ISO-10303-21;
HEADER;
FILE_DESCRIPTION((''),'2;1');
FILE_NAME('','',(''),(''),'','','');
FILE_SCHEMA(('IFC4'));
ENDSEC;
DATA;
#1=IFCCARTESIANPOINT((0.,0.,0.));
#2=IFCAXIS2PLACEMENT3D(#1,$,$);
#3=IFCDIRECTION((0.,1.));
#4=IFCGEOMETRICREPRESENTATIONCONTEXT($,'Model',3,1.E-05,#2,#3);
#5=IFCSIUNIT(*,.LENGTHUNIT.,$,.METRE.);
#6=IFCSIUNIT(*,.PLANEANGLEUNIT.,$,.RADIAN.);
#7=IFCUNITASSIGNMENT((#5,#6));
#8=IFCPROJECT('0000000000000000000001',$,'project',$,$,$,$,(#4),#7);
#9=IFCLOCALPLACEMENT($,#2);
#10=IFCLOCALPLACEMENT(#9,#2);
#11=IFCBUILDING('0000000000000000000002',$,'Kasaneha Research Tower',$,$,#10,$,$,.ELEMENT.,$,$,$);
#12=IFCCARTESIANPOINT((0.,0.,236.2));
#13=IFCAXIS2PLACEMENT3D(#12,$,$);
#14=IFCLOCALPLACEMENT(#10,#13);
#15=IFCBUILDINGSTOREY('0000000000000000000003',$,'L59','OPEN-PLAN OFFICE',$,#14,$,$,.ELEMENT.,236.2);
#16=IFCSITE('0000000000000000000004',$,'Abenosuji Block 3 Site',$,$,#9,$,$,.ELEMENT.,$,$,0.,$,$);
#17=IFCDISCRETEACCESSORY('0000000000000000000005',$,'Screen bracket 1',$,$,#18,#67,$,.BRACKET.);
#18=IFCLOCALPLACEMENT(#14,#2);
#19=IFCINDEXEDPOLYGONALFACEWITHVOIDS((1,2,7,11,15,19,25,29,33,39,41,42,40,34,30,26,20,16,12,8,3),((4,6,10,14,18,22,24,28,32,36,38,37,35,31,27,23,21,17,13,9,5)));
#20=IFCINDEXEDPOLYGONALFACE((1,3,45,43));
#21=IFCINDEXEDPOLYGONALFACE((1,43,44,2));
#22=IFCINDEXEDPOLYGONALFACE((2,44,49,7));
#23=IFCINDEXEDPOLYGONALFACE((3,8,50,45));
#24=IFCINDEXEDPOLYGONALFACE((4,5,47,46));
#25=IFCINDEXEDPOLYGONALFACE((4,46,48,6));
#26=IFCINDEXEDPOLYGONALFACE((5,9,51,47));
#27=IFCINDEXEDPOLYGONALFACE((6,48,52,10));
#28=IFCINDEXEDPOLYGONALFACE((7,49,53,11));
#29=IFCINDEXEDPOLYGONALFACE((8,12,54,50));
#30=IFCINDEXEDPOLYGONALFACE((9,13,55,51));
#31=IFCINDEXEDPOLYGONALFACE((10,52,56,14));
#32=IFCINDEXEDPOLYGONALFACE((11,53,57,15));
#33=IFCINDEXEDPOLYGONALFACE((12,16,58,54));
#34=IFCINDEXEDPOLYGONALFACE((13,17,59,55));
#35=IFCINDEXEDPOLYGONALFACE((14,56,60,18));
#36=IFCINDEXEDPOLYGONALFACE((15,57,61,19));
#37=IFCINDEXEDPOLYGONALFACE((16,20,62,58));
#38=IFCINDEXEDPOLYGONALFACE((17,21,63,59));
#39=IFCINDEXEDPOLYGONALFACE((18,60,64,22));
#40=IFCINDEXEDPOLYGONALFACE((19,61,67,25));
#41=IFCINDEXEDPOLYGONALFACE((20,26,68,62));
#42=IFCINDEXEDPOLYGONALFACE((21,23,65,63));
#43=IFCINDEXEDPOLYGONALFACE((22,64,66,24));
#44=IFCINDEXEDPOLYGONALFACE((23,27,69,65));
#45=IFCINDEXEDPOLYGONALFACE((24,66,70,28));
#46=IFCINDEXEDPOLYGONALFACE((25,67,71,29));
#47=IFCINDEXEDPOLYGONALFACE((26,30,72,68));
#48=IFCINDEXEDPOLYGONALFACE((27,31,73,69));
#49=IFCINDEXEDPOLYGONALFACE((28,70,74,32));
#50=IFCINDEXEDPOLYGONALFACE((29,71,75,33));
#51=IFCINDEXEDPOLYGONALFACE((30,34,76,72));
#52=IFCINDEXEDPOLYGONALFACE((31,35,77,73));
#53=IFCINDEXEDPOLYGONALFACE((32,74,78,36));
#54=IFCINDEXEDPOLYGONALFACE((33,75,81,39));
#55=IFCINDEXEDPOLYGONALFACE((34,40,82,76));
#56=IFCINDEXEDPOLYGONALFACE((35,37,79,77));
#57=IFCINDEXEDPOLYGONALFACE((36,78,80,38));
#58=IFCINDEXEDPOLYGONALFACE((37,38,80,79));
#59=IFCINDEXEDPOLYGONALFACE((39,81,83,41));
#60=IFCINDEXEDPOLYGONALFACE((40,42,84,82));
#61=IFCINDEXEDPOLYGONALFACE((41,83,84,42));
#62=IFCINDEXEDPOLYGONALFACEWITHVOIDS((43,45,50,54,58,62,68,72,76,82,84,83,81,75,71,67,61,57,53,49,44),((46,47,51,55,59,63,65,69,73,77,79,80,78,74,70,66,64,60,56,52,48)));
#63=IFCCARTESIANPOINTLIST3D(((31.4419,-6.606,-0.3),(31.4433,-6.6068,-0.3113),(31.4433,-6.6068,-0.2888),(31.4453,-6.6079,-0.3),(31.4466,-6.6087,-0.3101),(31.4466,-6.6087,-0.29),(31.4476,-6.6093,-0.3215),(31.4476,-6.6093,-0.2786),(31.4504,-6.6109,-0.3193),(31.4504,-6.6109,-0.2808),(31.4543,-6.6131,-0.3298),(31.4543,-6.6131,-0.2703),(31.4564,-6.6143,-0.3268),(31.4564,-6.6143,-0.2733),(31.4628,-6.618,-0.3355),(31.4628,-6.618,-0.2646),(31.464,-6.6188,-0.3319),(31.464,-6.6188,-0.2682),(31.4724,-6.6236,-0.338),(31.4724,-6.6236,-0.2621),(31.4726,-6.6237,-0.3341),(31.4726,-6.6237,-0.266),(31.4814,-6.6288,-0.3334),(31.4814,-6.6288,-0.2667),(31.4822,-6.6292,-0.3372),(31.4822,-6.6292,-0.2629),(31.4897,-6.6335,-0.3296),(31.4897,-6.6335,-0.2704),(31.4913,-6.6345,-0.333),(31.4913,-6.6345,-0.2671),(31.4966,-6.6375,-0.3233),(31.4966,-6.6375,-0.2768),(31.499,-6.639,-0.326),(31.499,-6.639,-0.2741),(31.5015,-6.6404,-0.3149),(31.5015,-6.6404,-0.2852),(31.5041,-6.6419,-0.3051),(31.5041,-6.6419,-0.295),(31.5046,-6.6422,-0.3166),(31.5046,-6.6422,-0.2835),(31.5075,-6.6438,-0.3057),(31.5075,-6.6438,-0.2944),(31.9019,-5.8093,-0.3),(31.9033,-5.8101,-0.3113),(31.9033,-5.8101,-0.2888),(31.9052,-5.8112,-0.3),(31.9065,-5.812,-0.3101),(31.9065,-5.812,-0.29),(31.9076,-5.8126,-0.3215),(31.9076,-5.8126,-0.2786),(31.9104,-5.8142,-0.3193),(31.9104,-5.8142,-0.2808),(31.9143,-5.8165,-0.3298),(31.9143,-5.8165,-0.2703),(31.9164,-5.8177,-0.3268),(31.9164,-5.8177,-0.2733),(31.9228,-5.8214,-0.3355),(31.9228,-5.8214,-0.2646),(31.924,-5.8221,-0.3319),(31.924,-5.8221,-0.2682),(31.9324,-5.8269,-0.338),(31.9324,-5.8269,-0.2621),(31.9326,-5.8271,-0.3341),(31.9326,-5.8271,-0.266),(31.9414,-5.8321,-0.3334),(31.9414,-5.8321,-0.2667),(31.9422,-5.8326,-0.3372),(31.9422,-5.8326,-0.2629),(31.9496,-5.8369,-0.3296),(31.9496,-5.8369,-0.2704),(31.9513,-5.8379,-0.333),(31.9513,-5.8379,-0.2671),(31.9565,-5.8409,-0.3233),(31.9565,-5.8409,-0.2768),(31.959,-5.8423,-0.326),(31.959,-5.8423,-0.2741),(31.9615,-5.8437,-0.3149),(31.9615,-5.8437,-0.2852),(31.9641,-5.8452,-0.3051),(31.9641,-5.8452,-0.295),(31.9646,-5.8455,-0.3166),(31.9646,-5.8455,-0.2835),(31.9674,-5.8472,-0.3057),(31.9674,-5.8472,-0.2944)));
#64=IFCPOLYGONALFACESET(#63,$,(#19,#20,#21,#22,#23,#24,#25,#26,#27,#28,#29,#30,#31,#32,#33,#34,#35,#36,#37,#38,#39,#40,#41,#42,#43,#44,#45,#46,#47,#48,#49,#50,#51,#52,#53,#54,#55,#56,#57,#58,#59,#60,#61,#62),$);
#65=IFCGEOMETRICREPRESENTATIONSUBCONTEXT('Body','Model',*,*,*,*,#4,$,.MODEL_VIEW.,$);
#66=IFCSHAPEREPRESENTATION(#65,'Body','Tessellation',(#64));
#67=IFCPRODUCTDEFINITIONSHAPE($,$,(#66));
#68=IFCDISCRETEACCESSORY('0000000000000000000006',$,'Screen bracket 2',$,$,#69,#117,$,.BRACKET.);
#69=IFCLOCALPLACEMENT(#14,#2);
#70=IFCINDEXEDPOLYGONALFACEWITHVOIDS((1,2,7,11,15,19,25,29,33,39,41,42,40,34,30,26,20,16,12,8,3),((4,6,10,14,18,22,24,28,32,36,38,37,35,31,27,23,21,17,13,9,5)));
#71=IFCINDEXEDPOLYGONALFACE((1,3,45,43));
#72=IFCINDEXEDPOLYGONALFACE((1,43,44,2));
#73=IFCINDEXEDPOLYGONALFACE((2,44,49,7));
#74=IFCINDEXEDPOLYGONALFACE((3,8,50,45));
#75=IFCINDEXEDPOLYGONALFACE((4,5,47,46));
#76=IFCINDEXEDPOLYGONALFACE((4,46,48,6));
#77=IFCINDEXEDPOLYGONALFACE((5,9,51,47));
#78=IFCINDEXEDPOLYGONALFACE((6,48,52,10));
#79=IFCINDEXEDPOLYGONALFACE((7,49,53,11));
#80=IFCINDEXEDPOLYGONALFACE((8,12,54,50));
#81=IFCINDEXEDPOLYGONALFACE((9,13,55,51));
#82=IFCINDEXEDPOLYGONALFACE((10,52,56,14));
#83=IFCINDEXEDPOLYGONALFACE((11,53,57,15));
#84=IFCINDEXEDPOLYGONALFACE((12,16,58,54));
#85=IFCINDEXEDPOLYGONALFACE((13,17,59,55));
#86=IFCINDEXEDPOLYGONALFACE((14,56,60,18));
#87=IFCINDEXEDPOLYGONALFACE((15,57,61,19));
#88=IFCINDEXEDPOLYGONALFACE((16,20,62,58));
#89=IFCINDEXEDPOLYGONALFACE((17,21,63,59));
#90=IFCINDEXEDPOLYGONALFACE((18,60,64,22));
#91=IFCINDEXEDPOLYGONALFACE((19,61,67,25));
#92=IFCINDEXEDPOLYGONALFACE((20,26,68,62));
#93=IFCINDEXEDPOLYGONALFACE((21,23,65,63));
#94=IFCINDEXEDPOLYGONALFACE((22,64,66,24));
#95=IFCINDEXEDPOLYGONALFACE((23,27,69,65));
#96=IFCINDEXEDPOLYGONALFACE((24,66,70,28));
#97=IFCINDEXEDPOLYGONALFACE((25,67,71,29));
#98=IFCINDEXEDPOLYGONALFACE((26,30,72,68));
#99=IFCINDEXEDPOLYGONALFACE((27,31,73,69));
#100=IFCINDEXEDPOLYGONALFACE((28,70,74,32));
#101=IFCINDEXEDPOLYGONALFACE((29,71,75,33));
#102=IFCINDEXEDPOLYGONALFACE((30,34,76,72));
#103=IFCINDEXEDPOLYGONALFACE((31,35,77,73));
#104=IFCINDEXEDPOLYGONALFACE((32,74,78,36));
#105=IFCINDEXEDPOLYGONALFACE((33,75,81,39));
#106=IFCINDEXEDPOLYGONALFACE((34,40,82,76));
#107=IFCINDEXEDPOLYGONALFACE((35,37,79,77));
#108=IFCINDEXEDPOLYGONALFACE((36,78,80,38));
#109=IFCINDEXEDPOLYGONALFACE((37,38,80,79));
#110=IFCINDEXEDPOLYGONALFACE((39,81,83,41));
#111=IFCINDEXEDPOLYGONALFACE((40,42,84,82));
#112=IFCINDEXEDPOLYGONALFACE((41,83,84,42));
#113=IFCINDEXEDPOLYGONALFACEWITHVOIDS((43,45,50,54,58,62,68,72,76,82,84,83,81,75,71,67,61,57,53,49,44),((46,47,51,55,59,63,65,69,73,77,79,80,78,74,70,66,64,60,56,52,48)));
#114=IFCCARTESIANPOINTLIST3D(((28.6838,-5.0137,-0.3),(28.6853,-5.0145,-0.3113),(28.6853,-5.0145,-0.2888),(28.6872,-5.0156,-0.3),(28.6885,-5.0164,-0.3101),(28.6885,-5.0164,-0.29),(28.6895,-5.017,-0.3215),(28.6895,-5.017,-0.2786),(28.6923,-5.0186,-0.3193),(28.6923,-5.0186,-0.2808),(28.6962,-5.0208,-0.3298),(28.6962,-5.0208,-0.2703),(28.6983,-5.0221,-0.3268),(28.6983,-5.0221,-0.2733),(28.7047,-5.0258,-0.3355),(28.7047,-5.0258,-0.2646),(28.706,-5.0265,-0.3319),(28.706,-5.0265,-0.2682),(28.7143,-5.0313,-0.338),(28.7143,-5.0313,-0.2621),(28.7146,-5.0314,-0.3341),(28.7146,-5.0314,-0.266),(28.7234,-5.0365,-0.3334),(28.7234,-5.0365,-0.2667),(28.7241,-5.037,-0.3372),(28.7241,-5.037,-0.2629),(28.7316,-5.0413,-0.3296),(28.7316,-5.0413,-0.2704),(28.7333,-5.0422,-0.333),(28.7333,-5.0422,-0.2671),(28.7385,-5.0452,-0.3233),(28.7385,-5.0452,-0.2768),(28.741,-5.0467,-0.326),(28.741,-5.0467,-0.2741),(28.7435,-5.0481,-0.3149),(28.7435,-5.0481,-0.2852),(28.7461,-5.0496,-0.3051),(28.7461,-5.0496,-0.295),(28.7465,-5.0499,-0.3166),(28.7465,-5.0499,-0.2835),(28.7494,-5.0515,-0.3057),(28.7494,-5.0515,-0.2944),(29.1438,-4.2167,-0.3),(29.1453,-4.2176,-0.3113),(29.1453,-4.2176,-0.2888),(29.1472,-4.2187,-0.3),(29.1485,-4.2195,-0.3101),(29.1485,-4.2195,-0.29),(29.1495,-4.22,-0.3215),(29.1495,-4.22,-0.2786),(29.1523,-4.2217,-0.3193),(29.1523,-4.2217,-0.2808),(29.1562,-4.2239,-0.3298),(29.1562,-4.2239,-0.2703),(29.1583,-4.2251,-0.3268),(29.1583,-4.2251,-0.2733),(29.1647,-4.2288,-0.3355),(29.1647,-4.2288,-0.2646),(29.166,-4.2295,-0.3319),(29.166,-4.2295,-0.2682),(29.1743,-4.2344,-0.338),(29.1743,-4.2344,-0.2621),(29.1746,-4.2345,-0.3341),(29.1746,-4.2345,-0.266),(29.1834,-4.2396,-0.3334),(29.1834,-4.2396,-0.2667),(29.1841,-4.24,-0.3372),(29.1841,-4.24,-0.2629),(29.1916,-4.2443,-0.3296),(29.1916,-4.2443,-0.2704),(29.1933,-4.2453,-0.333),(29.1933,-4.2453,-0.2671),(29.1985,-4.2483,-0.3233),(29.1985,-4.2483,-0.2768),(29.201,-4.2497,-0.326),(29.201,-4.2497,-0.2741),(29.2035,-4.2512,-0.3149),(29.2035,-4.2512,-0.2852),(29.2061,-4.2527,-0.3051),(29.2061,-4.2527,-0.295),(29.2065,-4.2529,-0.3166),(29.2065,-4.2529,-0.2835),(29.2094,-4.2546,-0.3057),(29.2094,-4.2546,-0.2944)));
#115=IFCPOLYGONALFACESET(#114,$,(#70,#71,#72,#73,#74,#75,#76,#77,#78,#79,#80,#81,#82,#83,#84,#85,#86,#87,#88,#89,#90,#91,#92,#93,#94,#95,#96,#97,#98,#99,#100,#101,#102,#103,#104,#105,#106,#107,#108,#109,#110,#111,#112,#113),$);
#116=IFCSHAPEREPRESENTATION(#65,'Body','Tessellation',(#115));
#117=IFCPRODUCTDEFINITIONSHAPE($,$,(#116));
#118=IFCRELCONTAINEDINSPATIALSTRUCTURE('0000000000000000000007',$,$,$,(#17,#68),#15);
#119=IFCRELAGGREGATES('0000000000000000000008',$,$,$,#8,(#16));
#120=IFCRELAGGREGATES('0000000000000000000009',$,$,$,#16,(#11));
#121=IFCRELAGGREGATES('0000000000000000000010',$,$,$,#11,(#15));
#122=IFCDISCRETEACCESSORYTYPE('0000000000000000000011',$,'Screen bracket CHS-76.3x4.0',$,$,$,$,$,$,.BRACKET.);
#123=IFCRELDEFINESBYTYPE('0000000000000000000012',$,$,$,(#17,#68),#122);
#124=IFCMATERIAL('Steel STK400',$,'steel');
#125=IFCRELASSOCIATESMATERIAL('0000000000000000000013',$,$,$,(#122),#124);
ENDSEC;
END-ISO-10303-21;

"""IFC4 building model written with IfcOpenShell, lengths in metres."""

from ifc_helpers import new_model, si_unit, direction, frame, origin, origin_2d, place, context, subcontext, project, spatial, hollow_circle, extrude, material, material_profile, profile_set, type_object, element, save


model = new_model("IFC4")

# Units and contexts
model_context = context("Model", 3, precision=1e-05, world=origin(), true_north=direction((0.0, 1.0)))
body_context = subcontext(model_context, "Body", "Model", "MODEL_VIEW")
ifc_project = project(units=[si_unit("LENGTHUNIT", "METRE"), si_unit("PLANEANGLEUNIT", "RADIAN")], contexts=[model_context])

# Site, building, storey
site_placement = place(None, origin())
site = spatial("IfcSite", under=ifc_project, at=site_placement, Name="Abenosuji Block 3 Site", CompositionType="ELEMENT", RefElevation=0.0)
building_placement = place(site_placement, origin())
building = spatial("IfcBuilding", under=site, at=building_placement, Name="Kasaneha Research Tower", CompositionType="ELEMENT")
storey_placement = place(building_placement, frame((0.0, 0.0, 236.2)))
storey = spatial("IfcBuildingStorey", under=building, at=storey_placement, Name="L59", Description="OPEN-PLAN OFFICE", CompositionType="ELEMENT", Elevation=236.2)

# Discrete accessories
ifc_material_1 = material(Name="Steel STK400", Category="steel")
ifc_material_profile_1 = material_profile(ifc_material_1, hollow_circle(Radius=0.0381, WallThickness=0.0039, at=origin_2d()), Name="CHS-76.3x4.0")
ifc_profile_set_1 = profile_set([ifc_material_profile_1], Name="Steel STK400")
discrete_accessory_type = type_object("IfcDiscreteAccessoryType", Name="Screen bracket CHS-76.3x4.0", PredefinedType="BRACKET", material=ifc_profile_set_1)
discrete_accessory_1_placement = place(storey_placement, frame((31.4749, -6.625, -0.3), z_axis=(0.500021, 0.866013, 0.0), x_axis=(-0.866013, 0.500021, 0.0)))
element("IfcDiscreteAccessory", 1, at=discrete_accessory_1_placement, inside=storey, type_object=discrete_accessory_type, Name="Screen bracket 1", PredefinedType="BRACKET", context=body_context, shape_type="SweptSolid", body=[
    extrude(hollow_circle(Radius=0.0381, WallThickness=0.0039, at=origin_2d()), origin(), (0.0, 0.0, 1.0), 0.9199),
])
discrete_accessory_2_placement = place(storey_placement, frame((28.7168, -5.0327, -0.3), z_axis=(0.499906, 0.86608, 0.0), x_axis=(-0.86608, 0.499906, 0.0)))
element("IfcDiscreteAccessory", 2, at=discrete_accessory_2_placement, inside=storey, type_object=discrete_accessory_type, Name="Screen bracket 2", PredefinedType="BRACKET", context=body_context, shape_type="SweptSolid", body=[
    extrude(hollow_circle(Radius=0.0381, WallThickness=0.0039, at=origin_2d()), origin(), (0.0, 0.0, 1.0), 0.9202),
])

save(model, "model.ifc")
